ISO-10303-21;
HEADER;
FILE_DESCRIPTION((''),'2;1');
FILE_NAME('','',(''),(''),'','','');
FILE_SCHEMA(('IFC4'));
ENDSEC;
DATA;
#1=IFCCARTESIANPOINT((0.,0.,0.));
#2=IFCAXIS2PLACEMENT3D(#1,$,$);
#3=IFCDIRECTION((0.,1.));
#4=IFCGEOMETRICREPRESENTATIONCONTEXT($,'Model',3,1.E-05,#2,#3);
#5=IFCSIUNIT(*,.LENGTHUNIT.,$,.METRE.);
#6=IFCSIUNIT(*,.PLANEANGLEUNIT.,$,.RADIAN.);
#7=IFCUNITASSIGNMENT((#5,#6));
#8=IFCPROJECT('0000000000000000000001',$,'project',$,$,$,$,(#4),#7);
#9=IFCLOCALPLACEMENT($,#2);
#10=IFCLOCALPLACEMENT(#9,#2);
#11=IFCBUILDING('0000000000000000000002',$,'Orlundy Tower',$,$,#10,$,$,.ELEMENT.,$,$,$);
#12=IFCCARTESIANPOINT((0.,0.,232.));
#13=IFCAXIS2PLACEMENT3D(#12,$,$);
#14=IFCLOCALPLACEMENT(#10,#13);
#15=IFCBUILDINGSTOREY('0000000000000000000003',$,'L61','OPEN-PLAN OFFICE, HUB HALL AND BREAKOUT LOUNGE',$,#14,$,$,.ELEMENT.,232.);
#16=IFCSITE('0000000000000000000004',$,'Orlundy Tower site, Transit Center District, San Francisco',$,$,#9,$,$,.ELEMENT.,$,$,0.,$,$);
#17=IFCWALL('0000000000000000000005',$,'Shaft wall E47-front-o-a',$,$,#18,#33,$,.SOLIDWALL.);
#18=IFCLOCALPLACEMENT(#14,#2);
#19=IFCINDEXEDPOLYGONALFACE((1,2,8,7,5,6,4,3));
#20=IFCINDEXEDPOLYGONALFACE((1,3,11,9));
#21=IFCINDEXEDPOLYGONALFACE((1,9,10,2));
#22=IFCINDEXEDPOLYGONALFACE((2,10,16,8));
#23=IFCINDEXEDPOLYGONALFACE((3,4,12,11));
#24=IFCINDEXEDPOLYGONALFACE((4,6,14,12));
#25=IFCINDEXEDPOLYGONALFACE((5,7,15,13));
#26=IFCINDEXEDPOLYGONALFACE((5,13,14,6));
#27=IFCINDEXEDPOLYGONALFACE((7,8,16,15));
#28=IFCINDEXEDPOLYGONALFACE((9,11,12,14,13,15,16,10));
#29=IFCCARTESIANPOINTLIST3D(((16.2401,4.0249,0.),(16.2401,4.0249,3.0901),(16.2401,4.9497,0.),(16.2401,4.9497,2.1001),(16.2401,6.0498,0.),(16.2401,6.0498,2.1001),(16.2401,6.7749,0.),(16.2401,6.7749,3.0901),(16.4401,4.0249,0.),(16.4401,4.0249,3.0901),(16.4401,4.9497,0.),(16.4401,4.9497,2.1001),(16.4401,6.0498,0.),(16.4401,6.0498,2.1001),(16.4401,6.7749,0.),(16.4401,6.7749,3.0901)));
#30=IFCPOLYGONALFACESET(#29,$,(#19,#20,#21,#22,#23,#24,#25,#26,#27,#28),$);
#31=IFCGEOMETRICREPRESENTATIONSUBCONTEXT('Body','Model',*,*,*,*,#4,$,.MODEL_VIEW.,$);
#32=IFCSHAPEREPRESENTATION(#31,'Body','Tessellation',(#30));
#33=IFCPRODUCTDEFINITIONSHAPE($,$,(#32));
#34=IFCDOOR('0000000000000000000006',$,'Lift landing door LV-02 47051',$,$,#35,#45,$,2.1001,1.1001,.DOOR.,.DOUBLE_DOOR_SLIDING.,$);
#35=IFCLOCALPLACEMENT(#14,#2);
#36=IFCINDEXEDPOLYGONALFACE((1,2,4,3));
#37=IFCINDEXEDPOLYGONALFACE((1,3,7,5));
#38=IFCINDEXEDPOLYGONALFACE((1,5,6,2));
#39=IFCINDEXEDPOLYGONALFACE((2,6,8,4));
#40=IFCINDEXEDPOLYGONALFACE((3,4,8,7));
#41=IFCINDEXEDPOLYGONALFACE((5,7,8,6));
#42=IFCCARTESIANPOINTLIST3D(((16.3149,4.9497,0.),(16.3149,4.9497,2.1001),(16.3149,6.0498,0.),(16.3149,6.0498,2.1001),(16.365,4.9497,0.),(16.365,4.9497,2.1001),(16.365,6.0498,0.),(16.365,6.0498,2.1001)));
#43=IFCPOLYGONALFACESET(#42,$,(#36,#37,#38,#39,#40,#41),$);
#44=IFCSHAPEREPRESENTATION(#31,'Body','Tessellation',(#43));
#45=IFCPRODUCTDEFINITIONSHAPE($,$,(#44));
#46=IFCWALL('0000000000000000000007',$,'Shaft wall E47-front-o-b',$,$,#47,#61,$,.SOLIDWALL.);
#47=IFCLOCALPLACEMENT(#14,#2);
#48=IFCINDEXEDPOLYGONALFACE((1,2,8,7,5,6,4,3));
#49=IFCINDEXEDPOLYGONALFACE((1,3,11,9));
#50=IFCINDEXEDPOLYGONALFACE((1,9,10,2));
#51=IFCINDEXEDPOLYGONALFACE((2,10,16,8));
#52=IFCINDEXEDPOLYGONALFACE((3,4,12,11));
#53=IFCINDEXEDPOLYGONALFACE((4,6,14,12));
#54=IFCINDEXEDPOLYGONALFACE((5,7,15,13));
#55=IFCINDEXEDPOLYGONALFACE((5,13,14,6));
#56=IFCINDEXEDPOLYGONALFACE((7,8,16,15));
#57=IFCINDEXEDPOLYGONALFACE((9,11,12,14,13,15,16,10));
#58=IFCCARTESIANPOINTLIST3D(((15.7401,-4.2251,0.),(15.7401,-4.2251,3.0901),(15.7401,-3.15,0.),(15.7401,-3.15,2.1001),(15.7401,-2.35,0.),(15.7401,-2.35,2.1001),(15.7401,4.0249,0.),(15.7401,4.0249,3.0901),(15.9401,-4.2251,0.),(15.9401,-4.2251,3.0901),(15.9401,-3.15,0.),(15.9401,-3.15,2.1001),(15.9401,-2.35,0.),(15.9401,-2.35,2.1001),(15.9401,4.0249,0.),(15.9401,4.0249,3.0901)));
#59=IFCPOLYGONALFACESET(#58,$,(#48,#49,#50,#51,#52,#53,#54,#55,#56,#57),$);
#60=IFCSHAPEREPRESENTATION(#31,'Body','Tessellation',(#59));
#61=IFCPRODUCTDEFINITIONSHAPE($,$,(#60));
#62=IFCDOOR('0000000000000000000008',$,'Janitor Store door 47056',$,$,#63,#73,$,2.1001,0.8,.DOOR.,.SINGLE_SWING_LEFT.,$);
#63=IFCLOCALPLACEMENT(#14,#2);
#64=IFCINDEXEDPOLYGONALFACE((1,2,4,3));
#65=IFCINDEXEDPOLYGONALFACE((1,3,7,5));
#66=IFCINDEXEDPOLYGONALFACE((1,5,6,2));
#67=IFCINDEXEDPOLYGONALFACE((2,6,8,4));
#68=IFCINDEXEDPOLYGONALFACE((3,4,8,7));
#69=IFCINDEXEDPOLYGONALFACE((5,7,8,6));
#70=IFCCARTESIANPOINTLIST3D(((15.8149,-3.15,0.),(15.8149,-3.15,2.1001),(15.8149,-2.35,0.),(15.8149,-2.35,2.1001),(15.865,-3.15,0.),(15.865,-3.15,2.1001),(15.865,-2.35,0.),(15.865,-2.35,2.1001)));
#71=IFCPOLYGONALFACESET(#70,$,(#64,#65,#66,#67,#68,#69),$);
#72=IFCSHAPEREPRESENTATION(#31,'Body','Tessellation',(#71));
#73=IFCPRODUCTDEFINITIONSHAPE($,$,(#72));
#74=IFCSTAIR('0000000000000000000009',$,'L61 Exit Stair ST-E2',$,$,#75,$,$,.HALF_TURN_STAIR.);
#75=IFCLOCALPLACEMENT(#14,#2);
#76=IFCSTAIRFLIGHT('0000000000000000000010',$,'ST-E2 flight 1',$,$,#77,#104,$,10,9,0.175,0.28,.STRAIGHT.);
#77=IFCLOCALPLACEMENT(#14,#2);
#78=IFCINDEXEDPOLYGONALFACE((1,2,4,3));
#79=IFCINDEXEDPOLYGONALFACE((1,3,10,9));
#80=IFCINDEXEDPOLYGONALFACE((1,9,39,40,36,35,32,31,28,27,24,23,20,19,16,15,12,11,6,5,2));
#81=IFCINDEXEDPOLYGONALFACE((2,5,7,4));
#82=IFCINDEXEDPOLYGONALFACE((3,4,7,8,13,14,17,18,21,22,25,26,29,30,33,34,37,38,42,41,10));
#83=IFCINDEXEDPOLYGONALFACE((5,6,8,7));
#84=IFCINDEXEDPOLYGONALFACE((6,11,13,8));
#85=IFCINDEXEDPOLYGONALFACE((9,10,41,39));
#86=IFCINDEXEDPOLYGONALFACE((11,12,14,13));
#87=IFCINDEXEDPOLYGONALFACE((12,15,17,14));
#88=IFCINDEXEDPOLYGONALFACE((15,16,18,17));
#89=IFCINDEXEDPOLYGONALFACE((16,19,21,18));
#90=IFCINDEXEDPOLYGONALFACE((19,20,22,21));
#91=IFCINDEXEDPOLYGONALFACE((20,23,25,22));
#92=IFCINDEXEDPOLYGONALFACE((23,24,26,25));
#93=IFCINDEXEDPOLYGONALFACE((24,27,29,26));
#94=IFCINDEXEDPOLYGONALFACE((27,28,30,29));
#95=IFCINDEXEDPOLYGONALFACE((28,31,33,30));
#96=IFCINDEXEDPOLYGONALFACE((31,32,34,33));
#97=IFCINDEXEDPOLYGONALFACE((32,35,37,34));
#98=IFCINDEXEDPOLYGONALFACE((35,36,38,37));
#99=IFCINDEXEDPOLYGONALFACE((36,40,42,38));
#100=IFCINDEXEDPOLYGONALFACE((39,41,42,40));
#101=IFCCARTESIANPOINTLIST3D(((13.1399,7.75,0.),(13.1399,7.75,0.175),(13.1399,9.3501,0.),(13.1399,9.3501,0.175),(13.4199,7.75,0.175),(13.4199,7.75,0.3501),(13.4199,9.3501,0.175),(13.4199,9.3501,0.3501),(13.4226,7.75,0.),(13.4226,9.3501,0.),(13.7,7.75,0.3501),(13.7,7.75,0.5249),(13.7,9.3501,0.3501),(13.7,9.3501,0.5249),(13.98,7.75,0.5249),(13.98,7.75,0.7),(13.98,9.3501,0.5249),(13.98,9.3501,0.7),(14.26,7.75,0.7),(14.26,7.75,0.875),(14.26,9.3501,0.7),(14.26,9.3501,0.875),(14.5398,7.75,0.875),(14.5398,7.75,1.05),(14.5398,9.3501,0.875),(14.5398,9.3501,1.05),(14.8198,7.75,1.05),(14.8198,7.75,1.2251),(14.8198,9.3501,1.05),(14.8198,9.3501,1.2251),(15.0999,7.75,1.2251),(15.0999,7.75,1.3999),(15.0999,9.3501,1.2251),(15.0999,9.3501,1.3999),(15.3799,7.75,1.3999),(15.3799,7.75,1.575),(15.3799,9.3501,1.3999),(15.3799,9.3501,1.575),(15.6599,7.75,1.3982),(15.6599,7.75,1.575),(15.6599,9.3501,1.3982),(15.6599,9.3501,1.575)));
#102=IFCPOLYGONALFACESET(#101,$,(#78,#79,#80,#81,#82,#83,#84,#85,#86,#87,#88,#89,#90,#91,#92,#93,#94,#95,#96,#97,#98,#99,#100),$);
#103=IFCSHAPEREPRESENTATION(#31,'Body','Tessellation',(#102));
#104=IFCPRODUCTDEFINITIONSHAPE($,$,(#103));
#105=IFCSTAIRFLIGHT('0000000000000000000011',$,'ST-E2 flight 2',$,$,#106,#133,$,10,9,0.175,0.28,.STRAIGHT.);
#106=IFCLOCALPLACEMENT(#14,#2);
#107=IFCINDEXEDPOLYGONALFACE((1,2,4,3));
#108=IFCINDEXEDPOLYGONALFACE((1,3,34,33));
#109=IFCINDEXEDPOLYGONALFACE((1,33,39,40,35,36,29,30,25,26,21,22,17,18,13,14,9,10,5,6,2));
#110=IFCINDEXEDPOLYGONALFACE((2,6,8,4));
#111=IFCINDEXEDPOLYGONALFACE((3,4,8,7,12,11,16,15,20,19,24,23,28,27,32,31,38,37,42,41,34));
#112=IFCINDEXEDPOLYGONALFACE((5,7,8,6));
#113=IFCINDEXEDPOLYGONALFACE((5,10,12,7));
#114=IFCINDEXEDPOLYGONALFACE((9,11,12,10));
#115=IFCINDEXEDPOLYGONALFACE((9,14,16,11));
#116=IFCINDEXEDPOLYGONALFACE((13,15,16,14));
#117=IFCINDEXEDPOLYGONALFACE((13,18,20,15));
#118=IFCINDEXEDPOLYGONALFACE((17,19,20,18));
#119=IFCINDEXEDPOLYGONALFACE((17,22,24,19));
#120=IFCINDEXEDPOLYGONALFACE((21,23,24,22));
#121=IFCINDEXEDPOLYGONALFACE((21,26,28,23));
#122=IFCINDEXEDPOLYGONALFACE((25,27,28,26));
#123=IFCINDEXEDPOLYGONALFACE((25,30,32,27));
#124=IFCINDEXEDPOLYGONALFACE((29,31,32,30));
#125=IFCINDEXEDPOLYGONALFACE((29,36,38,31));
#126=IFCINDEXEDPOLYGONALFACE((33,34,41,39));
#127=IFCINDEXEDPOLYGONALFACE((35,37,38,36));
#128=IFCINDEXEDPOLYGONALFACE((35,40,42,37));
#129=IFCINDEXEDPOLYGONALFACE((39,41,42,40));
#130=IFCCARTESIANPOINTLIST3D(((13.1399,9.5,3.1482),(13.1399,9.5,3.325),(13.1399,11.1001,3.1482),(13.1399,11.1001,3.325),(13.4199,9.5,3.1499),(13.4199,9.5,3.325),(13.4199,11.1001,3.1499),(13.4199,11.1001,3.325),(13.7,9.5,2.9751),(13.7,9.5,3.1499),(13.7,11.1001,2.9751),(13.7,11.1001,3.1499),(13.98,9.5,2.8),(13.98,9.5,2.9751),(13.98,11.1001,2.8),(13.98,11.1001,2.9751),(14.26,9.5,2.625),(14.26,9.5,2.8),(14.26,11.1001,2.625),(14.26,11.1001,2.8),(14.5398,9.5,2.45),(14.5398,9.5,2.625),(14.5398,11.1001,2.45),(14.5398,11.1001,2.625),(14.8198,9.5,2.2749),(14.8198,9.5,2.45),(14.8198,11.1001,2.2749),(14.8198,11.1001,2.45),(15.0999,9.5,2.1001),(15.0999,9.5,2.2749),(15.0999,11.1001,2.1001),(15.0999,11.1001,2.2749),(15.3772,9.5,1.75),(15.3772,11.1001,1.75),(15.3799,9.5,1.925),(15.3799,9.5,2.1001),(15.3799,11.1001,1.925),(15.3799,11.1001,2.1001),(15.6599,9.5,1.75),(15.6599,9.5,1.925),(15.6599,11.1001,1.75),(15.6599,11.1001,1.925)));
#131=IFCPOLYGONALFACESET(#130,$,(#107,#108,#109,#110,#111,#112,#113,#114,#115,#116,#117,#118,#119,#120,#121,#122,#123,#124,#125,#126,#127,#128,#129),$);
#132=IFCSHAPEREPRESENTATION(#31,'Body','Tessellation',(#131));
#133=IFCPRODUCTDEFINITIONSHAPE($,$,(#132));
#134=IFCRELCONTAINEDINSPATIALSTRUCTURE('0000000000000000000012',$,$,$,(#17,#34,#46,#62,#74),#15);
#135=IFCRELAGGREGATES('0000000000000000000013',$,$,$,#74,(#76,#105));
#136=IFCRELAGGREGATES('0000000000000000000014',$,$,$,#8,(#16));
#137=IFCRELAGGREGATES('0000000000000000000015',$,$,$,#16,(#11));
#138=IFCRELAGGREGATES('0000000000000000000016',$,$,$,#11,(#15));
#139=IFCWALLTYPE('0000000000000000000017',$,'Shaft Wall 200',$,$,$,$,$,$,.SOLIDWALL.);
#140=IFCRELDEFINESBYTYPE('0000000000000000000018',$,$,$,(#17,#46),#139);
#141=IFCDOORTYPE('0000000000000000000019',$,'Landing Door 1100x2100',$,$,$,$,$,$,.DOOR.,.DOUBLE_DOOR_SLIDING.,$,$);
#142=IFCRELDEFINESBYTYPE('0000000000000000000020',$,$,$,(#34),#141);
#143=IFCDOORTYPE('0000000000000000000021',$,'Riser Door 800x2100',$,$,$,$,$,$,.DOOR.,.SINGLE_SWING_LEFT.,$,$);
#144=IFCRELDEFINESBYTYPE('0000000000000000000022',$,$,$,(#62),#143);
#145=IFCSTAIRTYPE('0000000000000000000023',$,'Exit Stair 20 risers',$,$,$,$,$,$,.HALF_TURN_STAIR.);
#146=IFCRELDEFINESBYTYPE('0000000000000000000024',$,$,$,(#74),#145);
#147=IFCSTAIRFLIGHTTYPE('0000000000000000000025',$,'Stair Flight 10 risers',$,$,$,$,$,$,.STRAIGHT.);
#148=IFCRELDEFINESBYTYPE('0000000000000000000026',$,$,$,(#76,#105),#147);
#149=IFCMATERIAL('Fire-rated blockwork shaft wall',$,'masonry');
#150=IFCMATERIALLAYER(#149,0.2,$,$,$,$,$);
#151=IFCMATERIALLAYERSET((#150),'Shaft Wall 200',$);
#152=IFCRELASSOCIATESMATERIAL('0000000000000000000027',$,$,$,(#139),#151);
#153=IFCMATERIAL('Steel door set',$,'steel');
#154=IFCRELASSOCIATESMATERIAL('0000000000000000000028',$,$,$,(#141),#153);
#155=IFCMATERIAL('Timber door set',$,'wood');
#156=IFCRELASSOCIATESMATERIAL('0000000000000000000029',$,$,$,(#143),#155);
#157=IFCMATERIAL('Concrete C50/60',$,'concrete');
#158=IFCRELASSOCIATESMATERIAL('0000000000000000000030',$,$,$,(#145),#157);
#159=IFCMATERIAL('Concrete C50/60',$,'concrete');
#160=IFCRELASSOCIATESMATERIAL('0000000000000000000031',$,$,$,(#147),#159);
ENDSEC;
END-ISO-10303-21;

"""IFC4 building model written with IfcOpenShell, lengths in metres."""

from ifc_helpers import new_model, si_unit, direction, frame, frame_2d, origin, place, context, subcontext, project, spatial, polyline, rectangle, outline, extrude, material, layer, layer_set, type_object, element, fill, aggregate, save


model = new_model("IFC4")

# Units and contexts
model_context = context("Model", 3, precision=1e-05, world=origin(), true_north=direction((0.0, 1.0)))
body_context = subcontext(model_context, "Body", "Model", "MODEL_VIEW")
ifc_project = project(units=[si_unit("LENGTHUNIT", "METRE"), si_unit("PLANEANGLEUNIT", "RADIAN")], contexts=[model_context])

# Site, building, storey
site_placement = place(None, origin())
site = spatial("IfcSite", under=ifc_project, at=site_placement, Name="Orlundy Tower site, Transit Center District, San Francisco", CompositionType="ELEMENT", RefElevation=0.0)
building_placement = place(site_placement, origin())
building = spatial("IfcBuilding", under=site, at=building_placement, Name="Orlundy Tower", CompositionType="ELEMENT")
storey_placement = place(building_placement, frame((0.0, 0.0, 232.0)))
storey = spatial("IfcBuildingStorey", under=building, at=storey_placement, Name="L61", Description="OPEN-PLAN OFFICE, HUB HALL AND BREAKOUT LOUNGE", CompositionType="ELEMENT", Elevation=232.0)

# Shared definitions
ifc_material_1 = material(Name="Fire-rated blockwork shaft wall", Category="masonry")
ifc_layer_1 = layer(ifc_material_1, 0.2)
ifc_layer_set_1 = layer_set([ifc_layer_1], Name="Shaft Wall 200")
wall_type_1 = type_object("IfcWallType", Name="Shaft Wall 200", PredefinedType="SOLIDWALL", material=ifc_layer_set_1)

# Shared definitions
ifc_material_2 = material(Name="Steel door set", Category="steel")
door_type_1 = type_object("IfcDoorType", Name="Landing Door 1100x2100", OperationType="DOUBLE_DOOR_SLIDING", PredefinedType="DOOR", material=ifc_material_2)
ifc_material_3 = material(Name="Timber door set", Category="wood")
door_type_2 = type_object("IfcDoorType", Name="Riser Door 800x2100", OperationType="SINGLE_SWING_LEFT", PredefinedType="DOOR", material=ifc_material_3)

# Walls, openings, doors
wall_1_placement = place(storey_placement, frame((16.3401, 6.7749, 0.0), z_axis=(0.0, 0.0, 1.0), x_axis=(0.0, -1.0, 0.0)))
wall_1 = element("IfcWall", 1, at=wall_1_placement, inside=storey, type_object=wall_type_1, Name="Shaft wall E47-front-o-a", PredefinedType="SOLIDWALL", context=body_context, shape_type="SweptSolid", body=[
    extrude(rectangle(XDim=2.75, YDim=0.2, at=frame_2d((1.375, 0.0))), origin(), (0.0, 0.0, 1.0), 3.0901),
])
opening_1_placement = place(wall_1_placement, frame((0.7251, 0.0, 0.0)))
opening_1 = element("IfcOpeningElement", 2, at=opening_1_placement, cuts=wall_1, PredefinedType="OPENING", context=body_context, shape_type="SweptSolid", body=[
    extrude(rectangle(XDim=1.1001, YDim=2.1001, at=frame_2d((0.55, 1.05))), frame((0.0, 0.1101, 0.0), z_axis=(0.0, -1.0, 0.0), x_axis=(1.0, 0.0, 0.0)), (0.0, 0.0, 1.0), 0.2202),
])
door_1_placement = place(opening_1_placement, origin())
door_1 = element("IfcDoor", 3, at=door_1_placement, inside=storey, type_object=door_type_1, Name="Lift landing door LV-02 47051", OperationType="DOUBLE_DOOR_SLIDING", OverallHeight=2.1001, OverallWidth=1.1001, PredefinedType="DOOR", context=body_context, shape_type="SweptSolid", body=[
    extrude(rectangle(XDim=1.1001, YDim=2.1001, at=frame_2d((0.55, 1.05))), frame((0.0, 0.0249, 0.0), z_axis=(0.0, -1.0, 0.0), x_axis=(1.0, 0.0, 0.0)), (0.0, 0.0, 1.0), 0.05),
])
fill(opening_1, door_1)
wall_2_placement = place(storey_placement, frame((15.8401, 4.0249, 0.0), z_axis=(0.0, 0.0, 1.0), x_axis=(0.0, -1.0, 0.0)))
wall_2 = element("IfcWall", 4, at=wall_2_placement, inside=storey, type_object=wall_type_1, Name="Shaft wall E47-front-o-b", PredefinedType="SOLIDWALL", context=body_context, shape_type="SweptSolid", body=[
    extrude(rectangle(XDim=8.25, YDim=0.2, at=frame_2d((4.125, 0.0))), origin(), (0.0, 0.0, 1.0), 3.0901),
])
opening_2_placement = place(wall_2_placement, frame((6.375, 0.0, 0.0)))
opening_2 = element("IfcOpeningElement", 5, at=opening_2_placement, cuts=wall_2, PredefinedType="OPENING", context=body_context, shape_type="SweptSolid", body=[
    extrude(rectangle(XDim=0.8, YDim=2.1001, at=frame_2d((0.3999, 1.05))), frame((0.0, 0.1101, 0.0), z_axis=(0.0, -1.0, 0.0), x_axis=(1.0, 0.0, 0.0)), (0.0, 0.0, 1.0), 0.2202),
])
door_2_placement = place(opening_2_placement, origin())
door_2 = element("IfcDoor", 6, at=door_2_placement, inside=storey, type_object=door_type_2, Name="Janitor Store door 47056", OperationType="SINGLE_SWING_LEFT", OverallHeight=2.1001, OverallWidth=0.8, PredefinedType="DOOR", context=body_context, shape_type="SweptSolid", body=[
    extrude(rectangle(XDim=0.8, YDim=2.1001, at=frame_2d((0.3999, 1.05))), frame((0.0, 0.0249, 0.0), z_axis=(0.0, -1.0, 0.0), x_axis=(1.0, 0.0, 0.0)), (0.0, 0.0, 1.0), 0.05),
])
fill(opening_2, door_2)

# Stair, stair flights
ifc_material_4 = material(Name="Concrete C50/60", Category="concrete")
stair_type = type_object("IfcStairType", Name="Exit Stair 20 risers", PredefinedType="HALF_TURN_STAIR", material=ifc_material_4)
stair_placement = place(storey_placement, origin())
stair = element("IfcStair", 7, at=stair_placement, inside=storey, type_object=stair_type, Name="L61 Exit Stair ST-E2", PredefinedType="HALF_TURN_STAIR")
ifc_material_5 = material(Name="Concrete C50/60", Category="concrete")
stair_flight_type = type_object("IfcStairFlightType", Name="Stair Flight 10 risers", PredefinedType="STRAIGHT", material=ifc_material_5)
stair_flight_1_placement = place(storey_placement, frame((13.1399, 8.55, 0.0), z_axis=(0.0, 0.0, 1.0), x_axis=(1.0, 0.0, 0.0)))
stair_flight_1 = element("IfcStairFlight", 8, at=stair_flight_1_placement, type_object=stair_flight_type, Name="ST-E2 flight 1", NumberOfRisers=10, NumberOfTreads=9, PredefinedType="STRAIGHT", RiserHeight=0.175, TreadLength=0.28, context=body_context, shape_type="SweptSolid", body=[
    extrude(outline(polyline([(0.0, 0.0), (0.0, 0.175), (0.28, 0.175), (0.28, 0.3501), (0.5601, 0.3501), (0.5601, 0.5249), (0.8401, 0.5249), (0.8401, 0.7), (1.1201, 0.7), (1.1201, 0.875), (1.3999, 0.875), (1.3999, 1.05), (1.6799, 1.05), (1.6799, 1.2251), (1.96, 1.2251), (1.96, 1.3999), (2.24, 1.3999), (2.24, 1.575), (2.52, 1.575), (2.52, 1.75), (2.52, 1.3982), (0.2827, 0.0), (0.0, 0.0)])), frame((0.0, 0.8, 0.0), z_axis=(0.0, -1.0, 0.0), x_axis=(1.0, 0.0, 0.0)), (0.0, 0.0, 1.0), 1.6001),
])
stair_flight_2_placement = place(storey_placement, frame((15.6599, 10.3, 1.75), z_axis=(0.0, 0.0, 1.0), x_axis=(-1.0, 0.0, 0.0)))
stair_flight_2 = element("IfcStairFlight", 9, at=stair_flight_2_placement, type_object=stair_flight_type, Name="ST-E2 flight 2", NumberOfRisers=10, NumberOfTreads=9, PredefinedType="STRAIGHT", RiserHeight=0.175, TreadLength=0.28, context=body_context, shape_type="SweptSolid", body=[
    extrude(outline(polyline([(0.0, 0.0), (0.0, 0.175), (0.28, 0.175), (0.28, 0.3501), (0.5601, 0.3501), (0.5601, 0.5249), (0.8401, 0.5249), (0.8401, 0.7), (1.1201, 0.7), (1.1201, 0.875), (1.3999, 0.875), (1.3999, 1.05), (1.6799, 1.05), (1.6799, 1.2251), (1.96, 1.2251), (1.96, 1.3999), (2.24, 1.3999), (2.24, 1.575), (2.52, 1.575), (2.52, 1.75), (2.52, 1.3982), (0.2827, 0.0), (0.0, 0.0)])), frame((0.0, 0.8, 0.0), z_axis=(0.0, -1.0, 0.0), x_axis=(1.0, 0.0, 0.0)), (0.0, 0.0, 1.0), 1.6001),
])
aggregate(stair, [stair_flight_1, stair_flight_2])

save(model, "model.ifc")
